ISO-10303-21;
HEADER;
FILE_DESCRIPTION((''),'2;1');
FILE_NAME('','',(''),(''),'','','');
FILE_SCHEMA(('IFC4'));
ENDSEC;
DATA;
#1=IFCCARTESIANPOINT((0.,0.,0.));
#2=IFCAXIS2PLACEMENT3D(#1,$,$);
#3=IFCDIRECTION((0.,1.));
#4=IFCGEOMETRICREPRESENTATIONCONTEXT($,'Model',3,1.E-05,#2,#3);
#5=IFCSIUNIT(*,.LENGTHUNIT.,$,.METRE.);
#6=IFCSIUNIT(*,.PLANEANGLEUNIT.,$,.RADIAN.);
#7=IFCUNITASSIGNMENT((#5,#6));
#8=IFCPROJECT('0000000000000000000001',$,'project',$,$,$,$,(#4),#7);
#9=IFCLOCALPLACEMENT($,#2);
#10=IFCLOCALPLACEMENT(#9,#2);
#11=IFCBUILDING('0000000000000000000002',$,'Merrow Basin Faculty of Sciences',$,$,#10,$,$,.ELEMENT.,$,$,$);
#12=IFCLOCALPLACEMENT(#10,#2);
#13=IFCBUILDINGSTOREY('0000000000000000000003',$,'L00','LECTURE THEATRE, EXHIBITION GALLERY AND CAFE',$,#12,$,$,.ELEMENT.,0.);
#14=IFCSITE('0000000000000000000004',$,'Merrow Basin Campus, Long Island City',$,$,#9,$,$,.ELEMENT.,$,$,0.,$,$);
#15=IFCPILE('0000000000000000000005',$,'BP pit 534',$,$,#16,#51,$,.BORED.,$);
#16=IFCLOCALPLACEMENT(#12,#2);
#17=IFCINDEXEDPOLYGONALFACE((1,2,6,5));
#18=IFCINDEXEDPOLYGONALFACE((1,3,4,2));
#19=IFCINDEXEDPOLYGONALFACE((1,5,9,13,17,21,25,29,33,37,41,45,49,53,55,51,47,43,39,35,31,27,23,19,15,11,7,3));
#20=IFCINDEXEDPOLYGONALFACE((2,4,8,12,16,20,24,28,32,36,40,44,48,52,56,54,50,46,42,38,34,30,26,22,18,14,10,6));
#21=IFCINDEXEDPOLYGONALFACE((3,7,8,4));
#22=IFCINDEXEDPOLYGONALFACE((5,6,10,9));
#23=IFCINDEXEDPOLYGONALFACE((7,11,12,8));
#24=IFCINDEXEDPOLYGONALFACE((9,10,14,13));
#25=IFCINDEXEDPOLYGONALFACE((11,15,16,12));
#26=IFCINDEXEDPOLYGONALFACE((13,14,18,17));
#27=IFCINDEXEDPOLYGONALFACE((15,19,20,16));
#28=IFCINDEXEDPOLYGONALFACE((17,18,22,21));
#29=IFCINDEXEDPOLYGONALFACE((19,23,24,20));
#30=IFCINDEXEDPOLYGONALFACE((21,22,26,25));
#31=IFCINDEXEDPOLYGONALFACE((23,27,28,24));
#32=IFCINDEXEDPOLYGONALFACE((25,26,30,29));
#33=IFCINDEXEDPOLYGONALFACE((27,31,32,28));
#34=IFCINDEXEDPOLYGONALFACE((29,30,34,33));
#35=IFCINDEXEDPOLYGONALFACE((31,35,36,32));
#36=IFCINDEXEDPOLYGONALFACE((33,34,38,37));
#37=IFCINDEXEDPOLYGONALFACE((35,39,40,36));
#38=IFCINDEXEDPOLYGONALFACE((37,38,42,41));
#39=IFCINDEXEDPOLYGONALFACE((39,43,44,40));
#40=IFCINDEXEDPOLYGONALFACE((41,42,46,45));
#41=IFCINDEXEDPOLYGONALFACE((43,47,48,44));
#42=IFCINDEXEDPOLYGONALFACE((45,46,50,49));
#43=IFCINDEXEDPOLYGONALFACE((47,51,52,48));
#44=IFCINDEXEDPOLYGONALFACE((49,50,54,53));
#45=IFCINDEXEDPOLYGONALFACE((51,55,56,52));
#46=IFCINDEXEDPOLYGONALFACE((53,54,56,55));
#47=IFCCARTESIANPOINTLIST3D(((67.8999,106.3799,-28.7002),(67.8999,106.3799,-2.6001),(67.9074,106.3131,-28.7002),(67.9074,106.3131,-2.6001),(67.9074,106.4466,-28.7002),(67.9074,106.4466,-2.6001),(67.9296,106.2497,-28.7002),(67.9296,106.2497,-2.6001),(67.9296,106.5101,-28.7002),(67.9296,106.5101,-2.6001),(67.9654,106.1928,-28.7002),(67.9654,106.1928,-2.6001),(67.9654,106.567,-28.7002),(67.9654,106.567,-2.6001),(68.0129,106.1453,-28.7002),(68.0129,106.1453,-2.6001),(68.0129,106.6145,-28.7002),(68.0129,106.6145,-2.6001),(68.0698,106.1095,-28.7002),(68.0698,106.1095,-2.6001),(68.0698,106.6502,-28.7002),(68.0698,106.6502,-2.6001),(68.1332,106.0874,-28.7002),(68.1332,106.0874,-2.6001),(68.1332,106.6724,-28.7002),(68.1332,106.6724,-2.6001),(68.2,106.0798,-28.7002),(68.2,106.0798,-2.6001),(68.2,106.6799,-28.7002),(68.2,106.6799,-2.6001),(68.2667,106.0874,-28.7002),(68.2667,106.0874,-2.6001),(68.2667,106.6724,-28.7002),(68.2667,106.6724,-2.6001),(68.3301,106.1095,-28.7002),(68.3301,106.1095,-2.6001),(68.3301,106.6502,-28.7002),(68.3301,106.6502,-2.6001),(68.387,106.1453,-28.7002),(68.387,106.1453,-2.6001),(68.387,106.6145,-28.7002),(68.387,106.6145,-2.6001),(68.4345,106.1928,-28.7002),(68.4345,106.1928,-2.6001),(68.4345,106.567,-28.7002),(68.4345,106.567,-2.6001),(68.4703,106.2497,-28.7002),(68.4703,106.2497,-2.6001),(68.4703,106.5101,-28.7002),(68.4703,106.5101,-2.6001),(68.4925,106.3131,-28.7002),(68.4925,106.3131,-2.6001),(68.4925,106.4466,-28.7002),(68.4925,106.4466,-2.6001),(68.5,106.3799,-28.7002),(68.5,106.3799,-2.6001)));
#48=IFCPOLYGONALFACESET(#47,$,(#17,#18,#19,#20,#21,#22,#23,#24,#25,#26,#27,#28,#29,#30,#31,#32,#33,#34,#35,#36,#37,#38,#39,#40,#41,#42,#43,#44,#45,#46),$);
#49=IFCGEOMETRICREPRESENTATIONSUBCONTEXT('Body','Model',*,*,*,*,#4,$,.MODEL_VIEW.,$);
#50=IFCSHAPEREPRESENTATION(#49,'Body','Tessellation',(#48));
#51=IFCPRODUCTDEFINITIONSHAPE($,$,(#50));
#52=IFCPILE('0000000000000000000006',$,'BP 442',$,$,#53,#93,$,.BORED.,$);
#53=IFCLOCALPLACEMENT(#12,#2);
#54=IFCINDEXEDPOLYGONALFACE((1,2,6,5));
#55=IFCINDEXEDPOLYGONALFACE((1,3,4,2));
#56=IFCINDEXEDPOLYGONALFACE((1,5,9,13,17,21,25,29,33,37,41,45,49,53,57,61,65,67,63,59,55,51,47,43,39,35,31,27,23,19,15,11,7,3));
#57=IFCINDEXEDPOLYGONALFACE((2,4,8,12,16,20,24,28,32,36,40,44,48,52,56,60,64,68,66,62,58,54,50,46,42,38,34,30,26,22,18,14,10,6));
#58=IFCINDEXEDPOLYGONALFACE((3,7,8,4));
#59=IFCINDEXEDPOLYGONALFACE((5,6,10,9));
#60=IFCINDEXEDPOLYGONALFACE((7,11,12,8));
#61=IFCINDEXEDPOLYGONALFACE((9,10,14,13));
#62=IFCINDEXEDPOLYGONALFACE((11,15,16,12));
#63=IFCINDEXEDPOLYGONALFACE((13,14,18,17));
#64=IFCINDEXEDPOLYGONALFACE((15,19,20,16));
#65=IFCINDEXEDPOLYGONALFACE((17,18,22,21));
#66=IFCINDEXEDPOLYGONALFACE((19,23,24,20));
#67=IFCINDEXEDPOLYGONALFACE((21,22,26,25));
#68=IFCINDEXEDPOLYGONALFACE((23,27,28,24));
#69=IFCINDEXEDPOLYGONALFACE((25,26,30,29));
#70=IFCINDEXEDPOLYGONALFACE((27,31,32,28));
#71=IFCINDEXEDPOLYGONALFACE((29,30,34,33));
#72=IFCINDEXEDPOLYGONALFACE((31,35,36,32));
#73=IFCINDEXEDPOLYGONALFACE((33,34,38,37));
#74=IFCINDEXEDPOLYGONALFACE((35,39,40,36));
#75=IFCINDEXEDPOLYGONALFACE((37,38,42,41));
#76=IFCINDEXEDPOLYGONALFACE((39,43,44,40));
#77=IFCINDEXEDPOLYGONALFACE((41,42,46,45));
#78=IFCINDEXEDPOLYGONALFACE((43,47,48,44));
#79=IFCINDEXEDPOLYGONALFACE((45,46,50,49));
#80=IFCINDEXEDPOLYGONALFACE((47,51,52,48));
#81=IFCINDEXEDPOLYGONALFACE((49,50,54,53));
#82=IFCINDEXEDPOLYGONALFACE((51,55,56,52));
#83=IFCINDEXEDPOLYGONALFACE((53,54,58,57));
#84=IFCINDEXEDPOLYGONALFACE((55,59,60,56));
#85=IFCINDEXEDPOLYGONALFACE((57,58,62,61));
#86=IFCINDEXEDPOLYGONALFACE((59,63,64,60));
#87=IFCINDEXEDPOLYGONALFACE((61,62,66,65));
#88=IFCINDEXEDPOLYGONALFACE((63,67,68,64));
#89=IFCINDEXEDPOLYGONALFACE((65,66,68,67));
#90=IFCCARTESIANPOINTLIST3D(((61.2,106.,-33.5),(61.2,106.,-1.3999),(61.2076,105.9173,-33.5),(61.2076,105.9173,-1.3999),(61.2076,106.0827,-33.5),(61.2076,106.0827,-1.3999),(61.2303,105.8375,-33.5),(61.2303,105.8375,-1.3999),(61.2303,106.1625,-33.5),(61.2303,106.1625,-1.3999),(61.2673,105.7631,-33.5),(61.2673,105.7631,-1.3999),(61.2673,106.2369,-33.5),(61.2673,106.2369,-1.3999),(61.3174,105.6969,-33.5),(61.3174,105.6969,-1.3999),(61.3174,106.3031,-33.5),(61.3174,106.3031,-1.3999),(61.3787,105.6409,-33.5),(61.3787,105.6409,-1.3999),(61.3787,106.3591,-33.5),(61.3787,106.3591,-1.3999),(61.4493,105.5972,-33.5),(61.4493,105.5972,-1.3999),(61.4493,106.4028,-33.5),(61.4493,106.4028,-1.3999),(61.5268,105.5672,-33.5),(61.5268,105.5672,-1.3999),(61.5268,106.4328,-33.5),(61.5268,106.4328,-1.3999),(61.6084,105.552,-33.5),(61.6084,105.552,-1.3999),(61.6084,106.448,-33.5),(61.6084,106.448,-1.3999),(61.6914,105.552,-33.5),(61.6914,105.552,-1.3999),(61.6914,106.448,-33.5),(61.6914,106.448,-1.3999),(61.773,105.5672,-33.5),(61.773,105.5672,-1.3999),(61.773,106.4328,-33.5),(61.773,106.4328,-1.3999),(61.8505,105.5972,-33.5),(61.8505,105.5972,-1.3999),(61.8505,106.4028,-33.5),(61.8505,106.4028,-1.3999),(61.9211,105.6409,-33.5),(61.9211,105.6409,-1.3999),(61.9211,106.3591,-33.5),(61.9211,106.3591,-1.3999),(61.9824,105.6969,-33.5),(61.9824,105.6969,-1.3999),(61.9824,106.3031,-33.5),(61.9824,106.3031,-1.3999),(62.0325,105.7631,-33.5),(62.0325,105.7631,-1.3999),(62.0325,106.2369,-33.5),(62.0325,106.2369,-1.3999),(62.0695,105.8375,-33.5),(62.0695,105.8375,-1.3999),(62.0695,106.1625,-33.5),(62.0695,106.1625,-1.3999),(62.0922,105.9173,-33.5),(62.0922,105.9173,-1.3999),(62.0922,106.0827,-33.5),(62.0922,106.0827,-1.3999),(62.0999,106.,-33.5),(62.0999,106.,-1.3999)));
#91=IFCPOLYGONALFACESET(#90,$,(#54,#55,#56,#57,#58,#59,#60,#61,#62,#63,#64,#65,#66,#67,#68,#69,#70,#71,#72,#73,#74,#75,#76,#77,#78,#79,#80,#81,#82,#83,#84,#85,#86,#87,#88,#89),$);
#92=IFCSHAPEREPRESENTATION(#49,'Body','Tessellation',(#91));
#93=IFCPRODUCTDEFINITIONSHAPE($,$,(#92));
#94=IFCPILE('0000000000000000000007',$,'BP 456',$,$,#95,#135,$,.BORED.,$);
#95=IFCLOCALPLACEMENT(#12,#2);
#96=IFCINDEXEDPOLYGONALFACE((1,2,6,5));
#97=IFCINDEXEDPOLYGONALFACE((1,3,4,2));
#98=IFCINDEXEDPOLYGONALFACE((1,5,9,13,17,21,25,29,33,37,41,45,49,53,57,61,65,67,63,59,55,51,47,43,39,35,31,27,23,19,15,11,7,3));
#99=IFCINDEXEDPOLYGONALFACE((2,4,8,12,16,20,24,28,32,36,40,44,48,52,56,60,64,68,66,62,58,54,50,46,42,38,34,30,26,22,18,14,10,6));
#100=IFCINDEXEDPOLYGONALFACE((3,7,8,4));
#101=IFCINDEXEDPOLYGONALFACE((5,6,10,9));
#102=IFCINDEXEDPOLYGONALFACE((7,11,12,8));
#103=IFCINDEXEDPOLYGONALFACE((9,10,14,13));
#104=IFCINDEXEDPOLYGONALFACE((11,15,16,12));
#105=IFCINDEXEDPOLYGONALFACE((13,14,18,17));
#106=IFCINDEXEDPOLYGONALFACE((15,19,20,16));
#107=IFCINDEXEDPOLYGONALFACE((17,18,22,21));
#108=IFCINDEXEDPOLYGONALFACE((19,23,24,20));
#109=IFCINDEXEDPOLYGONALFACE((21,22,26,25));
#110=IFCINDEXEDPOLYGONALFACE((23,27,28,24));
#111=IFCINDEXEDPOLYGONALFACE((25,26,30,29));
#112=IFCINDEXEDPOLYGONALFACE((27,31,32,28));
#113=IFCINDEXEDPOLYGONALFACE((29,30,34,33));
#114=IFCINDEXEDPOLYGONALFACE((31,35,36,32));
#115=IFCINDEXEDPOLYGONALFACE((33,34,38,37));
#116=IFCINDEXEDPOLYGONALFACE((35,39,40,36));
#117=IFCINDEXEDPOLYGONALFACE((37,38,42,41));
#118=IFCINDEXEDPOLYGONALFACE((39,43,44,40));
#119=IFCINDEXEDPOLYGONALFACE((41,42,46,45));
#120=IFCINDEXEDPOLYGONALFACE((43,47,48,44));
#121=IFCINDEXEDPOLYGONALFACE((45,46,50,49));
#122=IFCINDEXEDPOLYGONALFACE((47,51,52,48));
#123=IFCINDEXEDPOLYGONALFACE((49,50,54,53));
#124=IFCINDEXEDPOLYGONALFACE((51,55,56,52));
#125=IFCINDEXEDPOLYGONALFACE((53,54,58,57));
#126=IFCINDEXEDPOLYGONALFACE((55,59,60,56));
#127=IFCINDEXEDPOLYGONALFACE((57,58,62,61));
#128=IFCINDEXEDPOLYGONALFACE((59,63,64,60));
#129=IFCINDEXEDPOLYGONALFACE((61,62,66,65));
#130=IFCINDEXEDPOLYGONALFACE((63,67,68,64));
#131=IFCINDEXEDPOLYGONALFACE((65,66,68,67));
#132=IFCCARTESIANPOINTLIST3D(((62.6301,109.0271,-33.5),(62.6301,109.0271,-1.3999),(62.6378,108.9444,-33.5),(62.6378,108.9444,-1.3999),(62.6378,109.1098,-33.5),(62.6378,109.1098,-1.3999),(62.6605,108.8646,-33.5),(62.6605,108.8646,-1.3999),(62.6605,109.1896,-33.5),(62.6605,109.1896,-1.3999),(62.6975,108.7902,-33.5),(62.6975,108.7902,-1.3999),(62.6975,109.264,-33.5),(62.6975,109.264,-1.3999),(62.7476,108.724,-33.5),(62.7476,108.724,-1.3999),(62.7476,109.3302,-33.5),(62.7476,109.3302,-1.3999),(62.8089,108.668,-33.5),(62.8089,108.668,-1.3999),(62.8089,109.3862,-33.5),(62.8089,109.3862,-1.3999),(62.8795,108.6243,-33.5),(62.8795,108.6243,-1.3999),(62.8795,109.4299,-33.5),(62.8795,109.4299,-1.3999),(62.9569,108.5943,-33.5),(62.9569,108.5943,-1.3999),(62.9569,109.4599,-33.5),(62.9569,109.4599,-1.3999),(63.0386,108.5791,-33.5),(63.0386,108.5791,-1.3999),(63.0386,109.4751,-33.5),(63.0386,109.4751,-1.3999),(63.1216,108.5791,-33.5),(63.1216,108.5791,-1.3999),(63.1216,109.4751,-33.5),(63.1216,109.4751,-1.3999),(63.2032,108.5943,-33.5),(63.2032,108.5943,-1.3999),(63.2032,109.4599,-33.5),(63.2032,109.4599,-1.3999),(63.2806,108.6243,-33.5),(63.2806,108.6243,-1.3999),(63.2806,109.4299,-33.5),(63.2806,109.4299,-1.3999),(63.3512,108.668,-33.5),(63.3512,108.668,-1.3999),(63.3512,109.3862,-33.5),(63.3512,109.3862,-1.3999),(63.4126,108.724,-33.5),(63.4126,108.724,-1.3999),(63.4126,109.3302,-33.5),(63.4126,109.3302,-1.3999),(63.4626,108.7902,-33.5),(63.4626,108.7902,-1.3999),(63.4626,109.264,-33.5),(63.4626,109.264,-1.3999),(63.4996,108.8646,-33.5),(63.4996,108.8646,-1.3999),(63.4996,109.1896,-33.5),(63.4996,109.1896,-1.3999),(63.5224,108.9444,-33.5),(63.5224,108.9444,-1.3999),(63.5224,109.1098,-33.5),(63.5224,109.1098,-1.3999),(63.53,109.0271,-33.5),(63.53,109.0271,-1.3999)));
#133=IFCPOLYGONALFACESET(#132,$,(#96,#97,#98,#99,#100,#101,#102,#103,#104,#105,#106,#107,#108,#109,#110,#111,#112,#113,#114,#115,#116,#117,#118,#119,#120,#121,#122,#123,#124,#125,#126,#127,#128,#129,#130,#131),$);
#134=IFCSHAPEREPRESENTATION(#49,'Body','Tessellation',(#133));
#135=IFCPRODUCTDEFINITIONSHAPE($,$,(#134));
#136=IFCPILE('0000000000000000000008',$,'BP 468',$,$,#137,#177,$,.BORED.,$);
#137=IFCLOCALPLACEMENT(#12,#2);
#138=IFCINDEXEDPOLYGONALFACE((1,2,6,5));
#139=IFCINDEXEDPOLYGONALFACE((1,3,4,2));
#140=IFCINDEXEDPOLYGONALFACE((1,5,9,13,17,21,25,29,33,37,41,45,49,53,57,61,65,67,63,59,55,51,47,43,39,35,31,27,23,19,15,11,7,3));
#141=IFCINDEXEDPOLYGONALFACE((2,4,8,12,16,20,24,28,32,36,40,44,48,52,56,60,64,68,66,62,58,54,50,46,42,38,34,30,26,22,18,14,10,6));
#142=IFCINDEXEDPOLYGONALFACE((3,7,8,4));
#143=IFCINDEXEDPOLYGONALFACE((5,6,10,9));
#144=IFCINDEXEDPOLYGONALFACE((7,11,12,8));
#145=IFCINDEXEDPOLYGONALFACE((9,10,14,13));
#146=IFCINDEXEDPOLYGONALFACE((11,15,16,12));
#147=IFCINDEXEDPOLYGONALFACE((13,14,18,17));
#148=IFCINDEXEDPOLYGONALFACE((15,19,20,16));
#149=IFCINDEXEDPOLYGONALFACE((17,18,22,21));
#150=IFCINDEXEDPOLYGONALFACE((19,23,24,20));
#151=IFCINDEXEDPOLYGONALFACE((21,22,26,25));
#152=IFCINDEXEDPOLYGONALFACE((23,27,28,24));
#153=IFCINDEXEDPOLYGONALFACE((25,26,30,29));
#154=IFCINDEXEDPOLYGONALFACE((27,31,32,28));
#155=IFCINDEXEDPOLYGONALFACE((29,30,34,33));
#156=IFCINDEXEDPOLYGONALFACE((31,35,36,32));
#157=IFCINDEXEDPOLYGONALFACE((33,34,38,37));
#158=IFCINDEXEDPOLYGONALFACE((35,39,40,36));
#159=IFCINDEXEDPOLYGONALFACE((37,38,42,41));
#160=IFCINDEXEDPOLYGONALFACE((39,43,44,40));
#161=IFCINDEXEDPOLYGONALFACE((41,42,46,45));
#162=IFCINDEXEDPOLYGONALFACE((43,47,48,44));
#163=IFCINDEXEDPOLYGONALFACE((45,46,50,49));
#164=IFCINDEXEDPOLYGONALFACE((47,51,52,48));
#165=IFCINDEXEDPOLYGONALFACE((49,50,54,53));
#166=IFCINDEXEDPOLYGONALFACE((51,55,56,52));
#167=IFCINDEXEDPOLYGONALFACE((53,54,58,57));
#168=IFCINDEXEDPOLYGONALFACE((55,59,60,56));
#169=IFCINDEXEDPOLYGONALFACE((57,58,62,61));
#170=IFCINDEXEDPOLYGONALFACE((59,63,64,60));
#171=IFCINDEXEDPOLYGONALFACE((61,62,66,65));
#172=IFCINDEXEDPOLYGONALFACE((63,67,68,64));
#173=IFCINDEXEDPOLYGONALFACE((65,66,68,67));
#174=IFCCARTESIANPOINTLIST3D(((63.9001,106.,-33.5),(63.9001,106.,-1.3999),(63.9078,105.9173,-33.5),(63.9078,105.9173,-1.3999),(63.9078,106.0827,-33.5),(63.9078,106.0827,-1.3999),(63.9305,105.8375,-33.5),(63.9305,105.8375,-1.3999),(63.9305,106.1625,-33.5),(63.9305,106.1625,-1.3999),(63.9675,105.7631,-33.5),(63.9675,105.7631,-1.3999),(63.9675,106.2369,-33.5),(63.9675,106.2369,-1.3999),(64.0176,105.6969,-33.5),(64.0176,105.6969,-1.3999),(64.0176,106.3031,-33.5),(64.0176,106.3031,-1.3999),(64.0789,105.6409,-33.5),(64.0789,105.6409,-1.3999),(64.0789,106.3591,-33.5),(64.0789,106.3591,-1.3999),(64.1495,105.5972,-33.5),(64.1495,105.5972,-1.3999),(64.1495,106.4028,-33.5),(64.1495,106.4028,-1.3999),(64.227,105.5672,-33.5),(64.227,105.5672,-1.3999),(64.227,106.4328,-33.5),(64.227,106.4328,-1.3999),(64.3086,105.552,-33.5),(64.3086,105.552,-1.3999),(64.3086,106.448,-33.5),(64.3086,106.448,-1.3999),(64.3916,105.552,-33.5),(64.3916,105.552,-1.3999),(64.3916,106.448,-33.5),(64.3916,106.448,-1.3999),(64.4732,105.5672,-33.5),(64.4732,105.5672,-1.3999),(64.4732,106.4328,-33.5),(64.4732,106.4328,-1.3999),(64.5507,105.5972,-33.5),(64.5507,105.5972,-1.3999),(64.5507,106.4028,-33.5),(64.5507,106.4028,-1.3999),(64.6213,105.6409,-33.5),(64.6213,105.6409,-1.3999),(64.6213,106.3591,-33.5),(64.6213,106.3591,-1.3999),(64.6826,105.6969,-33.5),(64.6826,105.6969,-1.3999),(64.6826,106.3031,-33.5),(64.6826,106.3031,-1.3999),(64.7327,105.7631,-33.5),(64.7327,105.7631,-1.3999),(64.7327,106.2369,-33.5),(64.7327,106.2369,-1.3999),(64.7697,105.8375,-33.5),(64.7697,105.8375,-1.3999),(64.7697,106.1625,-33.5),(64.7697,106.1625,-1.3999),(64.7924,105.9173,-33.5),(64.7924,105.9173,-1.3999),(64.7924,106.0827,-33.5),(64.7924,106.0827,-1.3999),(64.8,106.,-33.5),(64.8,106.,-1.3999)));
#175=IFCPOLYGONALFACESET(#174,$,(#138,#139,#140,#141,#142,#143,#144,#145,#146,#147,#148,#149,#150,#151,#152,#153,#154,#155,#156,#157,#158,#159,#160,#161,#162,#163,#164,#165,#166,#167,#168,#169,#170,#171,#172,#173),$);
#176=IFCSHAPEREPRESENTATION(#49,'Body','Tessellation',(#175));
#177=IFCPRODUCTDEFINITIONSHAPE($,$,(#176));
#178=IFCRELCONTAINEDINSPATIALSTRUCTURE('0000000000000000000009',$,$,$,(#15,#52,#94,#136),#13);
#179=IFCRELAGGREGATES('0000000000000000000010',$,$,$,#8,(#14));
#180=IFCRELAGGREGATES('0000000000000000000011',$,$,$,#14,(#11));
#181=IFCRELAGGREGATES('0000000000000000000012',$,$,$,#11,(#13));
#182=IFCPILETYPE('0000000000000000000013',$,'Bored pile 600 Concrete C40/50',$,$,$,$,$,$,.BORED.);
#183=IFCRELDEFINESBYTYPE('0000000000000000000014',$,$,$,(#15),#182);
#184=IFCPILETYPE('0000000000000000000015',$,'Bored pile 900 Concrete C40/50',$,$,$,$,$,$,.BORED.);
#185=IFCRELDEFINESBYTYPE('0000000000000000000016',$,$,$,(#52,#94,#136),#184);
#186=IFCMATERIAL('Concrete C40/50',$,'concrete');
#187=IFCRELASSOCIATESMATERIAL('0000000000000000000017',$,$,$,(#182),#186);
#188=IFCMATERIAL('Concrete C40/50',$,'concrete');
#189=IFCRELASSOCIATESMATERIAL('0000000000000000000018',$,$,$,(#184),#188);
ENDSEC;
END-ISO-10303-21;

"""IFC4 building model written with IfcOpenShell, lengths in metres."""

from ifc_helpers import new_model, si_unit, direction, frame, origin, origin_2d, place, context, subcontext, project, spatial, circle, extrude, material, material_profile, profile_set, type_object, element, save


model = new_model("IFC4")

# Units and contexts
model_context = context("Model", 3, precision=1e-05, world=origin(), true_north=direction((0.0, 1.0)))
body_context = subcontext(model_context, "Body", "Model", "MODEL_VIEW")
ifc_project = project(units=[si_unit("LENGTHUNIT", "METRE"), si_unit("PLANEANGLEUNIT", "RADIAN")], contexts=[model_context])

# Site, building, storey
site_placement = place(None, origin())
site = spatial("IfcSite", under=ifc_project, at=site_placement, Name="Merrow Basin Campus, Long Island City", CompositionType="ELEMENT", RefElevation=0.0)
building_placement = place(site_placement, origin())
building = spatial("IfcBuilding", under=site, at=building_placement, Name="Merrow Basin Faculty of Sciences", CompositionType="ELEMENT")
storey_placement = place(building_placement, origin())
storey = spatial("IfcBuildingStorey", under=building, at=storey_placement, Name="L00", Description="LECTURE THEATRE, EXHIBITION GALLERY AND CAFE", CompositionType="ELEMENT", Elevation=0.0)

# Piles
ifc_material_1 = material(Name="Concrete C40/50", Category="concrete")
ifc_material_profile_1 = material_profile(ifc_material_1, circle(Radius=0.3, at=origin_2d()))
ifc_profile_set_1 = profile_set([ifc_material_profile_1], Name="Concrete C40/50")
pile_type_1 = type_object("IfcPileType", Name="Bored pile 600 Concrete C40/50", PredefinedType="BORED", material=ifc_profile_set_1)
pile_placement = place(storey_placement, frame((68.2, 106.3799, -2.6001), z_axis=(0.0, 0.0, -1.0), x_axis=(1.0, 0.0, 0.0)))
element("IfcPile", 1, at=pile_placement, inside=storey, type_object=pile_type_1, Name="BP pit 534", PredefinedType="BORED", context=body_context, shape_type="SweptSolid", body=[
    extrude(circle(Radius=0.3, at=origin_2d()), origin(), (0.0, 0.0, 1.0), 26.1001),
])
ifc_material_2 = material(Name="Concrete C40/50", Category="concrete")
ifc_material_profile_2 = material_profile(ifc_material_2, circle(Radius=0.45, at=origin_2d()))
ifc_profile_set_2 = profile_set([ifc_material_profile_2], Name="Concrete C40/50")
pile_type_2 = type_object("IfcPileType", Name="Bored pile 900 Concrete C40/50", PredefinedType="BORED", material=ifc_profile_set_2)
for number, where, z_axis, x_axis, name in (
    (2, (61.6499, 106.0, -1.3999), (0.0, 0.0, -1.0), (1.0, 0.0, 0.0), "BP 442"),
    (3, (63.0801, 109.0271, -1.3999), (0.0, 0.0, -1.0), (1.0, 0.0, 0.0), "BP 456"),
    (4, (64.3501, 106.0, -1.3999), (0.0, 0.0, -1.0), (1.0, 0.0, 0.0), "BP 468"),
):
    element("IfcPile", number, at=place(storey_placement, frame(where, z_axis=z_axis, x_axis=x_axis)), inside=storey, type_object=pile_type_2, Name=name, PredefinedType="BORED", context=body_context, shape_type="SweptSolid", body=[
        extrude(circle(Radius=0.45, at=origin_2d()), origin(), (0.0, 0.0, 1.0), 32.1001),
    ])

save(model, "model.ifc")
